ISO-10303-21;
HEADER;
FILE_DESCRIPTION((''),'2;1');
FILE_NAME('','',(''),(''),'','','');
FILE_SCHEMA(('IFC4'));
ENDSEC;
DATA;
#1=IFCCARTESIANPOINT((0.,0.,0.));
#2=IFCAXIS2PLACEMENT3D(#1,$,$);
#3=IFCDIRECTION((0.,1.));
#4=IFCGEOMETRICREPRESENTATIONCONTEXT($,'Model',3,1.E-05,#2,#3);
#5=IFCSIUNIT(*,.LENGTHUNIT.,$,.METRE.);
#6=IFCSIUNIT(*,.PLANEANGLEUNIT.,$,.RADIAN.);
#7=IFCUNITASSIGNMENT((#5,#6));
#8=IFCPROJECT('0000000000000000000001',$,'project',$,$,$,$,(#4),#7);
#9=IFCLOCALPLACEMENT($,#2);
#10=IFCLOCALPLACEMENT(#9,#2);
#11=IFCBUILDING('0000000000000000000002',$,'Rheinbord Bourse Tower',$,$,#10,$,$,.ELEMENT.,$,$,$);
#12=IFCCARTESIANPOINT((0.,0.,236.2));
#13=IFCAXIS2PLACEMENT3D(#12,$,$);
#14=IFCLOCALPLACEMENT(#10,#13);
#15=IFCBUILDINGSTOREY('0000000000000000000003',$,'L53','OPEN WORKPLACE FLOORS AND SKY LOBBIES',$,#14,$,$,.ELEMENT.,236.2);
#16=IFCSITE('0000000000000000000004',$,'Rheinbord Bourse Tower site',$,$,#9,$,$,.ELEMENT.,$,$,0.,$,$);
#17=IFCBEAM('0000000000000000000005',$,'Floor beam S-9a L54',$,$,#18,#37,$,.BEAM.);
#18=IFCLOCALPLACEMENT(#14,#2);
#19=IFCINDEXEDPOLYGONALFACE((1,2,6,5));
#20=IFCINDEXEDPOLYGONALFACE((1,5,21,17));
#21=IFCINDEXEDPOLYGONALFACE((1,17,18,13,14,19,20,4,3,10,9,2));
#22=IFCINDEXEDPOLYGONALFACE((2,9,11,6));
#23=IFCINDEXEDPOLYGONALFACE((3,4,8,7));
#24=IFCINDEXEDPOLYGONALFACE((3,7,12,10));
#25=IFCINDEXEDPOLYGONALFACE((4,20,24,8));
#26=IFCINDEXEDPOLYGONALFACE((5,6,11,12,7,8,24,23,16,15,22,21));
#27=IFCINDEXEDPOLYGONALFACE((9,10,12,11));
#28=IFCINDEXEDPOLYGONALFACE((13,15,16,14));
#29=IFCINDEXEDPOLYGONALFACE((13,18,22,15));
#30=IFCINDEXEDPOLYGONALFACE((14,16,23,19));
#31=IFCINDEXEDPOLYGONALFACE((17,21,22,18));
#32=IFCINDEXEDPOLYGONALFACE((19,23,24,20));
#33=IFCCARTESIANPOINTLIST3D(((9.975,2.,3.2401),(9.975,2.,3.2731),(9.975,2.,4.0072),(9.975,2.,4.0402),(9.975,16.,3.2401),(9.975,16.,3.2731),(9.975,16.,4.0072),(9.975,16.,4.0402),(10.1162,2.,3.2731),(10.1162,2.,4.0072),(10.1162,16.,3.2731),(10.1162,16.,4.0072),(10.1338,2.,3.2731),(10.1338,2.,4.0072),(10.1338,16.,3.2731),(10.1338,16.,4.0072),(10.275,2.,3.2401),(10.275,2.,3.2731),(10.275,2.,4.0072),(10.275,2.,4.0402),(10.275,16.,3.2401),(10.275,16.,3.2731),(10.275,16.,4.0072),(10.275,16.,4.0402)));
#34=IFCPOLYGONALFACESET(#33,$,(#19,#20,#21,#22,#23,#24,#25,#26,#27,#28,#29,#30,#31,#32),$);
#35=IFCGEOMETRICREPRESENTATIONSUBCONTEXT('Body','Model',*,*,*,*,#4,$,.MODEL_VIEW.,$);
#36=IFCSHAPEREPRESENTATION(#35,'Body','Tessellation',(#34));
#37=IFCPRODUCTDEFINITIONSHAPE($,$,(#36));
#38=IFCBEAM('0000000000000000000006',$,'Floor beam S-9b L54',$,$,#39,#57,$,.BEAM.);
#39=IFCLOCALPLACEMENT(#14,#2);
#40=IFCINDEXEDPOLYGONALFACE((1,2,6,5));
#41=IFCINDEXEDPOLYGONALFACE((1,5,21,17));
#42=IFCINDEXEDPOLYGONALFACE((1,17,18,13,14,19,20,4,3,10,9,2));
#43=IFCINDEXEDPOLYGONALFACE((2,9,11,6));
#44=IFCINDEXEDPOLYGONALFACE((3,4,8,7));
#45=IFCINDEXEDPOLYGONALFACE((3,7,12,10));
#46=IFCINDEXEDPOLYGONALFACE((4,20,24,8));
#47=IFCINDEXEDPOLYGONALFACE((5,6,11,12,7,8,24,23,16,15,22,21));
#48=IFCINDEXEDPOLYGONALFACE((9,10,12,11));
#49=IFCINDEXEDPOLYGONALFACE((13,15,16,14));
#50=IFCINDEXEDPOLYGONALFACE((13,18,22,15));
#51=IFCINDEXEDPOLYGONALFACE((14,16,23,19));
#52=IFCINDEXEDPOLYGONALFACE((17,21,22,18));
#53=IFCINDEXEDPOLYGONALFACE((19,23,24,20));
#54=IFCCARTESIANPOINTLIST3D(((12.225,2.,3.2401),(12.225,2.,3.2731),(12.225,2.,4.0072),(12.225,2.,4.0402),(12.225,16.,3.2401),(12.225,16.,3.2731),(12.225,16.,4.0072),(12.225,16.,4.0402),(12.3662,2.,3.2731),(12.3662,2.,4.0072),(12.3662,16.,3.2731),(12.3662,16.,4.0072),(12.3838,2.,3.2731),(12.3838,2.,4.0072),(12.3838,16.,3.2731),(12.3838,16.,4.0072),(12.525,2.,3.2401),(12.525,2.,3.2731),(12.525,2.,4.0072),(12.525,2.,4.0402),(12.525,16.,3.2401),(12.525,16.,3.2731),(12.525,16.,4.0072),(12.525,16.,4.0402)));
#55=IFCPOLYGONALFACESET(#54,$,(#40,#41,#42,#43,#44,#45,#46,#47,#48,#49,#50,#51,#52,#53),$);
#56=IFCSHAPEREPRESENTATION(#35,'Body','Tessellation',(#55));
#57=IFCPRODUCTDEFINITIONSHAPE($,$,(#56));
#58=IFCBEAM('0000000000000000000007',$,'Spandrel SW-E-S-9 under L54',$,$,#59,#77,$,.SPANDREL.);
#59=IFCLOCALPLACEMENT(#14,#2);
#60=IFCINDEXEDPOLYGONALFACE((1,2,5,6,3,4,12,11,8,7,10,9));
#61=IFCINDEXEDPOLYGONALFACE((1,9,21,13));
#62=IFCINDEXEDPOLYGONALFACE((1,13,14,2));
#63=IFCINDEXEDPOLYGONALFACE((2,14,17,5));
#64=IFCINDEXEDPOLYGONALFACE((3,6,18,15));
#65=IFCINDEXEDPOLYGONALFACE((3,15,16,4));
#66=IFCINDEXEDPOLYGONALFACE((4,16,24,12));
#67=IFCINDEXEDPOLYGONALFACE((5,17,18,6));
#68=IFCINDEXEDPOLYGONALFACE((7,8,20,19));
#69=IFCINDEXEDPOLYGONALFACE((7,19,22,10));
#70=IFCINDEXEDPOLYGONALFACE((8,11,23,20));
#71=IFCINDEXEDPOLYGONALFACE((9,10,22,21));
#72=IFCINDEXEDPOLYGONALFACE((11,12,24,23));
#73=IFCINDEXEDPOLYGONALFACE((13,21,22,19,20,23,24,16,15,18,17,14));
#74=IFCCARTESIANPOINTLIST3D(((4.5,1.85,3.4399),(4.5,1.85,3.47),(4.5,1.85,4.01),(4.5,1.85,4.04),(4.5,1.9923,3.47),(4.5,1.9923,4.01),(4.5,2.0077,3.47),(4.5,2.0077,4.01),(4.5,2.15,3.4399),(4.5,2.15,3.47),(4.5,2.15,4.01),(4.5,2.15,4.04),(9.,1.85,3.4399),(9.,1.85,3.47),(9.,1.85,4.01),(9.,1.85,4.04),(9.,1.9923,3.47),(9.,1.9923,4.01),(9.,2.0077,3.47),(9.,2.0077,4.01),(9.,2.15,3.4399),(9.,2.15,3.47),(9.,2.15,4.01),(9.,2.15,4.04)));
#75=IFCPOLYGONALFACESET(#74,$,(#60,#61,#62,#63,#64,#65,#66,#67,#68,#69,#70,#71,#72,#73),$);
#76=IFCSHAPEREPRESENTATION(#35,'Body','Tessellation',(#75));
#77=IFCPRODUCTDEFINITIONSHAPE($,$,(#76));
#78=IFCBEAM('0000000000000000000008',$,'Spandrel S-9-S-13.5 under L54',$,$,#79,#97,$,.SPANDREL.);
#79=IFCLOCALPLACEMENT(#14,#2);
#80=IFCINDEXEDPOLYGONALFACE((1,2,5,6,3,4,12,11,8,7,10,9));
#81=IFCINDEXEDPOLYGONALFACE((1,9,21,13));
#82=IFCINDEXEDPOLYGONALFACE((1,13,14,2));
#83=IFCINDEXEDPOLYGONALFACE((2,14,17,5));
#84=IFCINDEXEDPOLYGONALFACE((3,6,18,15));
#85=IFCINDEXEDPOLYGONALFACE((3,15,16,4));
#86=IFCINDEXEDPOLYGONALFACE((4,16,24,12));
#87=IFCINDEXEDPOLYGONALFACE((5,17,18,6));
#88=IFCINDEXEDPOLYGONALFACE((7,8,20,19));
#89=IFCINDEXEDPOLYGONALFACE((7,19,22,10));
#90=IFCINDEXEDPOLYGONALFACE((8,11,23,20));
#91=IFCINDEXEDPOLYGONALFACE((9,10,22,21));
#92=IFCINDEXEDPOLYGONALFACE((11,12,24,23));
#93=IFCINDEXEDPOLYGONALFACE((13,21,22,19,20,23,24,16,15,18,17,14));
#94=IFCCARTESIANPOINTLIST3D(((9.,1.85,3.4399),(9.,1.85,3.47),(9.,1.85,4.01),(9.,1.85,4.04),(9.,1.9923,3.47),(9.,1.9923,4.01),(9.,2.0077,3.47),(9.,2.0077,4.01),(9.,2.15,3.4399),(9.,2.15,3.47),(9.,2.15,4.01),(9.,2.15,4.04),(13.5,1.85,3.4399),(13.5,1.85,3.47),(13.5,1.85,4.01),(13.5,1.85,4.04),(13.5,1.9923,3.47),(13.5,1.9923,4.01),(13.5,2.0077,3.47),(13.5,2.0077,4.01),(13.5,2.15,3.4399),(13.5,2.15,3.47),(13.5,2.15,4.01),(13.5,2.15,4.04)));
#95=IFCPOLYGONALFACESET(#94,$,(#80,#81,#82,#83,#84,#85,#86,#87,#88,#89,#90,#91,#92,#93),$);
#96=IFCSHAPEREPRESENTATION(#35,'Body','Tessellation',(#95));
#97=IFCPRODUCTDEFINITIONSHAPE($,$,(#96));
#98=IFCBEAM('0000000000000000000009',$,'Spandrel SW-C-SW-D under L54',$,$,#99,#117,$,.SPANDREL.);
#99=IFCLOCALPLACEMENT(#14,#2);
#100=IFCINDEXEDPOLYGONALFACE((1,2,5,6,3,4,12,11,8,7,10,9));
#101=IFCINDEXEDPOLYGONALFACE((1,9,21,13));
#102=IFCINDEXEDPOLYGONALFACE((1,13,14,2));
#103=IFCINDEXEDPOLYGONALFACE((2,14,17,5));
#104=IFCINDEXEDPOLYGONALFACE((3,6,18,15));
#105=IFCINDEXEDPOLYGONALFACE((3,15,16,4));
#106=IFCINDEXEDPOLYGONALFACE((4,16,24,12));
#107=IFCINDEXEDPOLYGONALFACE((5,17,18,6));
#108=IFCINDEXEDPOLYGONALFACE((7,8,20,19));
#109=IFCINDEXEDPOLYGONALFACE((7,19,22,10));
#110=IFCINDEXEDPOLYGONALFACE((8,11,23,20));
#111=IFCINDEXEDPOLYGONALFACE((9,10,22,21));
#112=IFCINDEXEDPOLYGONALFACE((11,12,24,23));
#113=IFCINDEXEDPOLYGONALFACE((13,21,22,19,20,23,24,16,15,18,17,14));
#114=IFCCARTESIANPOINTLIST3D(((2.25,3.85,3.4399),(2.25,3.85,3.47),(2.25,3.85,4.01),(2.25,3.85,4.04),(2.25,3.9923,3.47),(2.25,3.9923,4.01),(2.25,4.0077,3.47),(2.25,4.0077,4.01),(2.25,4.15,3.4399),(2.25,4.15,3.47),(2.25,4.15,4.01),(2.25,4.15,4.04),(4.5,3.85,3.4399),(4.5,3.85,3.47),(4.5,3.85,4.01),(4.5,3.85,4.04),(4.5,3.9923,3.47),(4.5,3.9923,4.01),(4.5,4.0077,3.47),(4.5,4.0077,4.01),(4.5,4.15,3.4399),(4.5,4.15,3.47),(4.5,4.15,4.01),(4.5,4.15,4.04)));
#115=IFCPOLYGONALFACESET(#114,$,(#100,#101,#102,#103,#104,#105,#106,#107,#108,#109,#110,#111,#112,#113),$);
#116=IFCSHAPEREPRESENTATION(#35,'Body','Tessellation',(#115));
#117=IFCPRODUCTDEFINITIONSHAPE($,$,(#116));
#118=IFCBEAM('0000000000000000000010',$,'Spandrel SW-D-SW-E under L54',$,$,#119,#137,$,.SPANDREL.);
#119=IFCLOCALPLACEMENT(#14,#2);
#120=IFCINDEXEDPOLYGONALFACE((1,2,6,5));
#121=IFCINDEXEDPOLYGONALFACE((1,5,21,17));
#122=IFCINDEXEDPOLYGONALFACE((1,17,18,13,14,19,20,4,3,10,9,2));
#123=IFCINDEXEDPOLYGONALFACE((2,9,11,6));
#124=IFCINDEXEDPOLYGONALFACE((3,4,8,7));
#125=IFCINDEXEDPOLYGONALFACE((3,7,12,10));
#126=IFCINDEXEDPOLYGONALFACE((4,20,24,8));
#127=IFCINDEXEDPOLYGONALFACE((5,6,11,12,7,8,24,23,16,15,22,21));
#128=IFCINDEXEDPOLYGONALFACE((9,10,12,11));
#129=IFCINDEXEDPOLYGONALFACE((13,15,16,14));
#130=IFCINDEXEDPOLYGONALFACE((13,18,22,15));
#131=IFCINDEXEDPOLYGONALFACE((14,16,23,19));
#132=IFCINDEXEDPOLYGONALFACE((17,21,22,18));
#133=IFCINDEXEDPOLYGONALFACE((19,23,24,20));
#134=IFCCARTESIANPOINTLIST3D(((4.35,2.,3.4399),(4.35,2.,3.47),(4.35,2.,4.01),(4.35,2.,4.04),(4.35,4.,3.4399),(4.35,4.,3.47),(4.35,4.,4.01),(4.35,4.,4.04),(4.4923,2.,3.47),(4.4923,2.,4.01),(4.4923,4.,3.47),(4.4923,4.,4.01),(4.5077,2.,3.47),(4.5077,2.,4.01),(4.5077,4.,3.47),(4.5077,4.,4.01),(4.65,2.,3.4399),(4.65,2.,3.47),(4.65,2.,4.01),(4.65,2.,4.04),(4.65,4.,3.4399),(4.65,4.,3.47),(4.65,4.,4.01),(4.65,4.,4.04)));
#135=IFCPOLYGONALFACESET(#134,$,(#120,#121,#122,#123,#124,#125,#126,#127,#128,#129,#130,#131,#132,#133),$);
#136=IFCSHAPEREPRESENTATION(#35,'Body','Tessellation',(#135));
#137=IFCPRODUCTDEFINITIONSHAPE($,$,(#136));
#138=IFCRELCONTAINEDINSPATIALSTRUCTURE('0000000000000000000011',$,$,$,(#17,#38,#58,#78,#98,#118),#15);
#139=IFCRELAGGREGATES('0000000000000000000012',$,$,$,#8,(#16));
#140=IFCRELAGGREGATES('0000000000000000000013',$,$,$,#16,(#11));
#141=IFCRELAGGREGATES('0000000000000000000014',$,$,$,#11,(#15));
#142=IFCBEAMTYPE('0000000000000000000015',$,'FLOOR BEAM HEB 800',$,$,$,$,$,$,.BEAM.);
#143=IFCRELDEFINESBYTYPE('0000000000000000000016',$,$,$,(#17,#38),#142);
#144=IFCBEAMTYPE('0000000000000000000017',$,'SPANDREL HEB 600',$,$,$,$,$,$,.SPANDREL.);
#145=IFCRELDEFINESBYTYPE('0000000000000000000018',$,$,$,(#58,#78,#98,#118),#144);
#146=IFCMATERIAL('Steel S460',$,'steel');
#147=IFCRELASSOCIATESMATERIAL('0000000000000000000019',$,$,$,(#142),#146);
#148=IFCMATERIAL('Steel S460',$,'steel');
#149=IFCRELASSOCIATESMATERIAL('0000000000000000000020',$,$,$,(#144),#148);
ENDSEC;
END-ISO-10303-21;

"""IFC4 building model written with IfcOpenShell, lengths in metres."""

from ifc_helpers import new_model, si_unit, direction, frame, origin, origin_2d, place, context, subcontext, project, spatial, i_section, extrude, material, material_profile, profile_set, type_object, element, save


model = new_model("IFC4")

# Units and contexts
model_context = context("Model", 3, precision=1e-05, world=origin(), true_north=direction((0.0, 1.0)))
body_context = subcontext(model_context, "Body", "Model", "MODEL_VIEW")
ifc_project = project(units=[si_unit("LENGTHUNIT", "METRE"), si_unit("PLANEANGLEUNIT", "RADIAN")], contexts=[model_context])

# Site, building, storey
site_placement = place(None, origin())
site = spatial("IfcSite", under=ifc_project, at=site_placement, Name="Rheinbord Bourse Tower site", CompositionType="ELEMENT", RefElevation=0.0)
building_placement = place(site_placement, origin())
building = spatial("IfcBuilding", under=site, at=building_placement, Name="Rheinbord Bourse Tower", CompositionType="ELEMENT")
storey_placement = place(building_placement, frame((0.0, 0.0, 236.2)))
storey = spatial("IfcBuildingStorey", under=building, at=storey_placement, Name="L53", Description="OPEN WORKPLACE FLOORS AND SKY LOBBIES", CompositionType="ELEMENT", Elevation=236.2)

# Beams
ifc_material_1 = material(Name="Steel S460", Category="steel")
ifc_material_profile_1 = material_profile(ifc_material_1, i_section(OverallWidth=0.3, OverallDepth=0.8, WebThickness=0.0176, FlangeThickness=0.033, at=origin_2d()), Name="HEB 800")
ifc_profile_set_1 = profile_set([ifc_material_profile_1], Name="Steel S460")
beam_type_1 = type_object("IfcBeamType", Name="FLOOR BEAM HEB 800", PredefinedType="BEAM", material=ifc_profile_set_1)
for number, where, z_axis, x_axis, name in (
    (1, (10.125, 2.0, 3.6401), (0.0, 1.0, 0.0), (-1.0, 0.0, 0.0), "Floor beam S-9a L54"),
    (2, (12.375, 2.0, 3.6401), (0.0, 1.0, 0.0), (-1.0, 0.0, 0.0), "Floor beam S-9b L54"),
):
    element("IfcBeam", number, at=place(storey_placement, frame(where, z_axis=z_axis, x_axis=x_axis)), inside=storey, type_object=beam_type_1, Name=name, PredefinedType="BEAM", context=body_context, shape_type="SweptSolid", body=[
        extrude(i_section(OverallWidth=0.3, OverallDepth=0.8, WebThickness=0.0176, FlangeThickness=0.033, at=origin_2d()), origin(), (0.0, 0.0, 1.0), 14.0),
    ])
ifc_material_2 = material(Name="Steel S460", Category="steel")
ifc_material_profile_2 = material_profile(ifc_material_2, i_section(OverallWidth=0.3, OverallDepth=0.6001, WebThickness=0.0154, FlangeThickness=0.03, at=origin_2d()), Name="HEB 600")
ifc_profile_set_2 = profile_set([ifc_material_profile_2], Name="Steel S460")
beam_type_2 = type_object("IfcBeamType", Name="SPANDREL HEB 600", PredefinedType="SPANDREL", material=ifc_profile_set_2)
for number, where, z_axis, x_axis, name in (
    (3, (4.5, 2.0, 3.74), (1.0, 0.0, 0.0), (0.0, 1.0, 0.0), "Spandrel SW-E-S-9 under L54"),
    (4, (9.0, 2.0, 3.74), (1.0, 0.0, 0.0), (0.0, 1.0, 0.0), "Spandrel S-9-S-13.5 under L54"),
):
    element("IfcBeam", number, at=place(storey_placement, frame(where, z_axis=z_axis, x_axis=x_axis)), inside=storey, type_object=beam_type_2, Name=name, PredefinedType="SPANDREL", context=body_context, shape_type="SweptSolid", body=[
        extrude(i_section(OverallWidth=0.3, OverallDepth=0.6001, WebThickness=0.0154, FlangeThickness=0.03, at=origin_2d()), origin(), (0.0, 0.0, 1.0), 4.5),
    ])
beam_1_placement = place(storey_placement, frame((2.25, 4.0, 3.74), z_axis=(1.0, 0.0, 0.0), x_axis=(0.0, 1.0, 0.0)))
element("IfcBeam", 5, at=beam_1_placement, inside=storey, type_object=beam_type_2, Name="Spandrel SW-C-SW-D under L54", PredefinedType="SPANDREL", context=body_context, shape_type="SweptSolid", body=[
    extrude(i_section(OverallWidth=0.3, OverallDepth=0.6001, WebThickness=0.0154, FlangeThickness=0.03, at=origin_2d()), origin(), (0.0, 0.0, 1.0), 2.25),
])
beam_2_placement = place(storey_placement, frame((4.5, 4.0, 3.74), z_axis=(0.0, -1.0, 0.0), x_axis=(1.0, 0.0, 0.0)))
element("IfcBeam", 6, at=beam_2_placement, inside=storey, type_object=beam_type_2, Name="Spandrel SW-D-SW-E under L54", PredefinedType="SPANDREL", context=body_context, shape_type="SweptSolid", body=[
    extrude(i_section(OverallWidth=0.3, OverallDepth=0.6001, WebThickness=0.0154, FlangeThickness=0.03, at=origin_2d()), origin(), (0.0, 0.0, 1.0), 2.0),
])

save(model, "model.ifc")
